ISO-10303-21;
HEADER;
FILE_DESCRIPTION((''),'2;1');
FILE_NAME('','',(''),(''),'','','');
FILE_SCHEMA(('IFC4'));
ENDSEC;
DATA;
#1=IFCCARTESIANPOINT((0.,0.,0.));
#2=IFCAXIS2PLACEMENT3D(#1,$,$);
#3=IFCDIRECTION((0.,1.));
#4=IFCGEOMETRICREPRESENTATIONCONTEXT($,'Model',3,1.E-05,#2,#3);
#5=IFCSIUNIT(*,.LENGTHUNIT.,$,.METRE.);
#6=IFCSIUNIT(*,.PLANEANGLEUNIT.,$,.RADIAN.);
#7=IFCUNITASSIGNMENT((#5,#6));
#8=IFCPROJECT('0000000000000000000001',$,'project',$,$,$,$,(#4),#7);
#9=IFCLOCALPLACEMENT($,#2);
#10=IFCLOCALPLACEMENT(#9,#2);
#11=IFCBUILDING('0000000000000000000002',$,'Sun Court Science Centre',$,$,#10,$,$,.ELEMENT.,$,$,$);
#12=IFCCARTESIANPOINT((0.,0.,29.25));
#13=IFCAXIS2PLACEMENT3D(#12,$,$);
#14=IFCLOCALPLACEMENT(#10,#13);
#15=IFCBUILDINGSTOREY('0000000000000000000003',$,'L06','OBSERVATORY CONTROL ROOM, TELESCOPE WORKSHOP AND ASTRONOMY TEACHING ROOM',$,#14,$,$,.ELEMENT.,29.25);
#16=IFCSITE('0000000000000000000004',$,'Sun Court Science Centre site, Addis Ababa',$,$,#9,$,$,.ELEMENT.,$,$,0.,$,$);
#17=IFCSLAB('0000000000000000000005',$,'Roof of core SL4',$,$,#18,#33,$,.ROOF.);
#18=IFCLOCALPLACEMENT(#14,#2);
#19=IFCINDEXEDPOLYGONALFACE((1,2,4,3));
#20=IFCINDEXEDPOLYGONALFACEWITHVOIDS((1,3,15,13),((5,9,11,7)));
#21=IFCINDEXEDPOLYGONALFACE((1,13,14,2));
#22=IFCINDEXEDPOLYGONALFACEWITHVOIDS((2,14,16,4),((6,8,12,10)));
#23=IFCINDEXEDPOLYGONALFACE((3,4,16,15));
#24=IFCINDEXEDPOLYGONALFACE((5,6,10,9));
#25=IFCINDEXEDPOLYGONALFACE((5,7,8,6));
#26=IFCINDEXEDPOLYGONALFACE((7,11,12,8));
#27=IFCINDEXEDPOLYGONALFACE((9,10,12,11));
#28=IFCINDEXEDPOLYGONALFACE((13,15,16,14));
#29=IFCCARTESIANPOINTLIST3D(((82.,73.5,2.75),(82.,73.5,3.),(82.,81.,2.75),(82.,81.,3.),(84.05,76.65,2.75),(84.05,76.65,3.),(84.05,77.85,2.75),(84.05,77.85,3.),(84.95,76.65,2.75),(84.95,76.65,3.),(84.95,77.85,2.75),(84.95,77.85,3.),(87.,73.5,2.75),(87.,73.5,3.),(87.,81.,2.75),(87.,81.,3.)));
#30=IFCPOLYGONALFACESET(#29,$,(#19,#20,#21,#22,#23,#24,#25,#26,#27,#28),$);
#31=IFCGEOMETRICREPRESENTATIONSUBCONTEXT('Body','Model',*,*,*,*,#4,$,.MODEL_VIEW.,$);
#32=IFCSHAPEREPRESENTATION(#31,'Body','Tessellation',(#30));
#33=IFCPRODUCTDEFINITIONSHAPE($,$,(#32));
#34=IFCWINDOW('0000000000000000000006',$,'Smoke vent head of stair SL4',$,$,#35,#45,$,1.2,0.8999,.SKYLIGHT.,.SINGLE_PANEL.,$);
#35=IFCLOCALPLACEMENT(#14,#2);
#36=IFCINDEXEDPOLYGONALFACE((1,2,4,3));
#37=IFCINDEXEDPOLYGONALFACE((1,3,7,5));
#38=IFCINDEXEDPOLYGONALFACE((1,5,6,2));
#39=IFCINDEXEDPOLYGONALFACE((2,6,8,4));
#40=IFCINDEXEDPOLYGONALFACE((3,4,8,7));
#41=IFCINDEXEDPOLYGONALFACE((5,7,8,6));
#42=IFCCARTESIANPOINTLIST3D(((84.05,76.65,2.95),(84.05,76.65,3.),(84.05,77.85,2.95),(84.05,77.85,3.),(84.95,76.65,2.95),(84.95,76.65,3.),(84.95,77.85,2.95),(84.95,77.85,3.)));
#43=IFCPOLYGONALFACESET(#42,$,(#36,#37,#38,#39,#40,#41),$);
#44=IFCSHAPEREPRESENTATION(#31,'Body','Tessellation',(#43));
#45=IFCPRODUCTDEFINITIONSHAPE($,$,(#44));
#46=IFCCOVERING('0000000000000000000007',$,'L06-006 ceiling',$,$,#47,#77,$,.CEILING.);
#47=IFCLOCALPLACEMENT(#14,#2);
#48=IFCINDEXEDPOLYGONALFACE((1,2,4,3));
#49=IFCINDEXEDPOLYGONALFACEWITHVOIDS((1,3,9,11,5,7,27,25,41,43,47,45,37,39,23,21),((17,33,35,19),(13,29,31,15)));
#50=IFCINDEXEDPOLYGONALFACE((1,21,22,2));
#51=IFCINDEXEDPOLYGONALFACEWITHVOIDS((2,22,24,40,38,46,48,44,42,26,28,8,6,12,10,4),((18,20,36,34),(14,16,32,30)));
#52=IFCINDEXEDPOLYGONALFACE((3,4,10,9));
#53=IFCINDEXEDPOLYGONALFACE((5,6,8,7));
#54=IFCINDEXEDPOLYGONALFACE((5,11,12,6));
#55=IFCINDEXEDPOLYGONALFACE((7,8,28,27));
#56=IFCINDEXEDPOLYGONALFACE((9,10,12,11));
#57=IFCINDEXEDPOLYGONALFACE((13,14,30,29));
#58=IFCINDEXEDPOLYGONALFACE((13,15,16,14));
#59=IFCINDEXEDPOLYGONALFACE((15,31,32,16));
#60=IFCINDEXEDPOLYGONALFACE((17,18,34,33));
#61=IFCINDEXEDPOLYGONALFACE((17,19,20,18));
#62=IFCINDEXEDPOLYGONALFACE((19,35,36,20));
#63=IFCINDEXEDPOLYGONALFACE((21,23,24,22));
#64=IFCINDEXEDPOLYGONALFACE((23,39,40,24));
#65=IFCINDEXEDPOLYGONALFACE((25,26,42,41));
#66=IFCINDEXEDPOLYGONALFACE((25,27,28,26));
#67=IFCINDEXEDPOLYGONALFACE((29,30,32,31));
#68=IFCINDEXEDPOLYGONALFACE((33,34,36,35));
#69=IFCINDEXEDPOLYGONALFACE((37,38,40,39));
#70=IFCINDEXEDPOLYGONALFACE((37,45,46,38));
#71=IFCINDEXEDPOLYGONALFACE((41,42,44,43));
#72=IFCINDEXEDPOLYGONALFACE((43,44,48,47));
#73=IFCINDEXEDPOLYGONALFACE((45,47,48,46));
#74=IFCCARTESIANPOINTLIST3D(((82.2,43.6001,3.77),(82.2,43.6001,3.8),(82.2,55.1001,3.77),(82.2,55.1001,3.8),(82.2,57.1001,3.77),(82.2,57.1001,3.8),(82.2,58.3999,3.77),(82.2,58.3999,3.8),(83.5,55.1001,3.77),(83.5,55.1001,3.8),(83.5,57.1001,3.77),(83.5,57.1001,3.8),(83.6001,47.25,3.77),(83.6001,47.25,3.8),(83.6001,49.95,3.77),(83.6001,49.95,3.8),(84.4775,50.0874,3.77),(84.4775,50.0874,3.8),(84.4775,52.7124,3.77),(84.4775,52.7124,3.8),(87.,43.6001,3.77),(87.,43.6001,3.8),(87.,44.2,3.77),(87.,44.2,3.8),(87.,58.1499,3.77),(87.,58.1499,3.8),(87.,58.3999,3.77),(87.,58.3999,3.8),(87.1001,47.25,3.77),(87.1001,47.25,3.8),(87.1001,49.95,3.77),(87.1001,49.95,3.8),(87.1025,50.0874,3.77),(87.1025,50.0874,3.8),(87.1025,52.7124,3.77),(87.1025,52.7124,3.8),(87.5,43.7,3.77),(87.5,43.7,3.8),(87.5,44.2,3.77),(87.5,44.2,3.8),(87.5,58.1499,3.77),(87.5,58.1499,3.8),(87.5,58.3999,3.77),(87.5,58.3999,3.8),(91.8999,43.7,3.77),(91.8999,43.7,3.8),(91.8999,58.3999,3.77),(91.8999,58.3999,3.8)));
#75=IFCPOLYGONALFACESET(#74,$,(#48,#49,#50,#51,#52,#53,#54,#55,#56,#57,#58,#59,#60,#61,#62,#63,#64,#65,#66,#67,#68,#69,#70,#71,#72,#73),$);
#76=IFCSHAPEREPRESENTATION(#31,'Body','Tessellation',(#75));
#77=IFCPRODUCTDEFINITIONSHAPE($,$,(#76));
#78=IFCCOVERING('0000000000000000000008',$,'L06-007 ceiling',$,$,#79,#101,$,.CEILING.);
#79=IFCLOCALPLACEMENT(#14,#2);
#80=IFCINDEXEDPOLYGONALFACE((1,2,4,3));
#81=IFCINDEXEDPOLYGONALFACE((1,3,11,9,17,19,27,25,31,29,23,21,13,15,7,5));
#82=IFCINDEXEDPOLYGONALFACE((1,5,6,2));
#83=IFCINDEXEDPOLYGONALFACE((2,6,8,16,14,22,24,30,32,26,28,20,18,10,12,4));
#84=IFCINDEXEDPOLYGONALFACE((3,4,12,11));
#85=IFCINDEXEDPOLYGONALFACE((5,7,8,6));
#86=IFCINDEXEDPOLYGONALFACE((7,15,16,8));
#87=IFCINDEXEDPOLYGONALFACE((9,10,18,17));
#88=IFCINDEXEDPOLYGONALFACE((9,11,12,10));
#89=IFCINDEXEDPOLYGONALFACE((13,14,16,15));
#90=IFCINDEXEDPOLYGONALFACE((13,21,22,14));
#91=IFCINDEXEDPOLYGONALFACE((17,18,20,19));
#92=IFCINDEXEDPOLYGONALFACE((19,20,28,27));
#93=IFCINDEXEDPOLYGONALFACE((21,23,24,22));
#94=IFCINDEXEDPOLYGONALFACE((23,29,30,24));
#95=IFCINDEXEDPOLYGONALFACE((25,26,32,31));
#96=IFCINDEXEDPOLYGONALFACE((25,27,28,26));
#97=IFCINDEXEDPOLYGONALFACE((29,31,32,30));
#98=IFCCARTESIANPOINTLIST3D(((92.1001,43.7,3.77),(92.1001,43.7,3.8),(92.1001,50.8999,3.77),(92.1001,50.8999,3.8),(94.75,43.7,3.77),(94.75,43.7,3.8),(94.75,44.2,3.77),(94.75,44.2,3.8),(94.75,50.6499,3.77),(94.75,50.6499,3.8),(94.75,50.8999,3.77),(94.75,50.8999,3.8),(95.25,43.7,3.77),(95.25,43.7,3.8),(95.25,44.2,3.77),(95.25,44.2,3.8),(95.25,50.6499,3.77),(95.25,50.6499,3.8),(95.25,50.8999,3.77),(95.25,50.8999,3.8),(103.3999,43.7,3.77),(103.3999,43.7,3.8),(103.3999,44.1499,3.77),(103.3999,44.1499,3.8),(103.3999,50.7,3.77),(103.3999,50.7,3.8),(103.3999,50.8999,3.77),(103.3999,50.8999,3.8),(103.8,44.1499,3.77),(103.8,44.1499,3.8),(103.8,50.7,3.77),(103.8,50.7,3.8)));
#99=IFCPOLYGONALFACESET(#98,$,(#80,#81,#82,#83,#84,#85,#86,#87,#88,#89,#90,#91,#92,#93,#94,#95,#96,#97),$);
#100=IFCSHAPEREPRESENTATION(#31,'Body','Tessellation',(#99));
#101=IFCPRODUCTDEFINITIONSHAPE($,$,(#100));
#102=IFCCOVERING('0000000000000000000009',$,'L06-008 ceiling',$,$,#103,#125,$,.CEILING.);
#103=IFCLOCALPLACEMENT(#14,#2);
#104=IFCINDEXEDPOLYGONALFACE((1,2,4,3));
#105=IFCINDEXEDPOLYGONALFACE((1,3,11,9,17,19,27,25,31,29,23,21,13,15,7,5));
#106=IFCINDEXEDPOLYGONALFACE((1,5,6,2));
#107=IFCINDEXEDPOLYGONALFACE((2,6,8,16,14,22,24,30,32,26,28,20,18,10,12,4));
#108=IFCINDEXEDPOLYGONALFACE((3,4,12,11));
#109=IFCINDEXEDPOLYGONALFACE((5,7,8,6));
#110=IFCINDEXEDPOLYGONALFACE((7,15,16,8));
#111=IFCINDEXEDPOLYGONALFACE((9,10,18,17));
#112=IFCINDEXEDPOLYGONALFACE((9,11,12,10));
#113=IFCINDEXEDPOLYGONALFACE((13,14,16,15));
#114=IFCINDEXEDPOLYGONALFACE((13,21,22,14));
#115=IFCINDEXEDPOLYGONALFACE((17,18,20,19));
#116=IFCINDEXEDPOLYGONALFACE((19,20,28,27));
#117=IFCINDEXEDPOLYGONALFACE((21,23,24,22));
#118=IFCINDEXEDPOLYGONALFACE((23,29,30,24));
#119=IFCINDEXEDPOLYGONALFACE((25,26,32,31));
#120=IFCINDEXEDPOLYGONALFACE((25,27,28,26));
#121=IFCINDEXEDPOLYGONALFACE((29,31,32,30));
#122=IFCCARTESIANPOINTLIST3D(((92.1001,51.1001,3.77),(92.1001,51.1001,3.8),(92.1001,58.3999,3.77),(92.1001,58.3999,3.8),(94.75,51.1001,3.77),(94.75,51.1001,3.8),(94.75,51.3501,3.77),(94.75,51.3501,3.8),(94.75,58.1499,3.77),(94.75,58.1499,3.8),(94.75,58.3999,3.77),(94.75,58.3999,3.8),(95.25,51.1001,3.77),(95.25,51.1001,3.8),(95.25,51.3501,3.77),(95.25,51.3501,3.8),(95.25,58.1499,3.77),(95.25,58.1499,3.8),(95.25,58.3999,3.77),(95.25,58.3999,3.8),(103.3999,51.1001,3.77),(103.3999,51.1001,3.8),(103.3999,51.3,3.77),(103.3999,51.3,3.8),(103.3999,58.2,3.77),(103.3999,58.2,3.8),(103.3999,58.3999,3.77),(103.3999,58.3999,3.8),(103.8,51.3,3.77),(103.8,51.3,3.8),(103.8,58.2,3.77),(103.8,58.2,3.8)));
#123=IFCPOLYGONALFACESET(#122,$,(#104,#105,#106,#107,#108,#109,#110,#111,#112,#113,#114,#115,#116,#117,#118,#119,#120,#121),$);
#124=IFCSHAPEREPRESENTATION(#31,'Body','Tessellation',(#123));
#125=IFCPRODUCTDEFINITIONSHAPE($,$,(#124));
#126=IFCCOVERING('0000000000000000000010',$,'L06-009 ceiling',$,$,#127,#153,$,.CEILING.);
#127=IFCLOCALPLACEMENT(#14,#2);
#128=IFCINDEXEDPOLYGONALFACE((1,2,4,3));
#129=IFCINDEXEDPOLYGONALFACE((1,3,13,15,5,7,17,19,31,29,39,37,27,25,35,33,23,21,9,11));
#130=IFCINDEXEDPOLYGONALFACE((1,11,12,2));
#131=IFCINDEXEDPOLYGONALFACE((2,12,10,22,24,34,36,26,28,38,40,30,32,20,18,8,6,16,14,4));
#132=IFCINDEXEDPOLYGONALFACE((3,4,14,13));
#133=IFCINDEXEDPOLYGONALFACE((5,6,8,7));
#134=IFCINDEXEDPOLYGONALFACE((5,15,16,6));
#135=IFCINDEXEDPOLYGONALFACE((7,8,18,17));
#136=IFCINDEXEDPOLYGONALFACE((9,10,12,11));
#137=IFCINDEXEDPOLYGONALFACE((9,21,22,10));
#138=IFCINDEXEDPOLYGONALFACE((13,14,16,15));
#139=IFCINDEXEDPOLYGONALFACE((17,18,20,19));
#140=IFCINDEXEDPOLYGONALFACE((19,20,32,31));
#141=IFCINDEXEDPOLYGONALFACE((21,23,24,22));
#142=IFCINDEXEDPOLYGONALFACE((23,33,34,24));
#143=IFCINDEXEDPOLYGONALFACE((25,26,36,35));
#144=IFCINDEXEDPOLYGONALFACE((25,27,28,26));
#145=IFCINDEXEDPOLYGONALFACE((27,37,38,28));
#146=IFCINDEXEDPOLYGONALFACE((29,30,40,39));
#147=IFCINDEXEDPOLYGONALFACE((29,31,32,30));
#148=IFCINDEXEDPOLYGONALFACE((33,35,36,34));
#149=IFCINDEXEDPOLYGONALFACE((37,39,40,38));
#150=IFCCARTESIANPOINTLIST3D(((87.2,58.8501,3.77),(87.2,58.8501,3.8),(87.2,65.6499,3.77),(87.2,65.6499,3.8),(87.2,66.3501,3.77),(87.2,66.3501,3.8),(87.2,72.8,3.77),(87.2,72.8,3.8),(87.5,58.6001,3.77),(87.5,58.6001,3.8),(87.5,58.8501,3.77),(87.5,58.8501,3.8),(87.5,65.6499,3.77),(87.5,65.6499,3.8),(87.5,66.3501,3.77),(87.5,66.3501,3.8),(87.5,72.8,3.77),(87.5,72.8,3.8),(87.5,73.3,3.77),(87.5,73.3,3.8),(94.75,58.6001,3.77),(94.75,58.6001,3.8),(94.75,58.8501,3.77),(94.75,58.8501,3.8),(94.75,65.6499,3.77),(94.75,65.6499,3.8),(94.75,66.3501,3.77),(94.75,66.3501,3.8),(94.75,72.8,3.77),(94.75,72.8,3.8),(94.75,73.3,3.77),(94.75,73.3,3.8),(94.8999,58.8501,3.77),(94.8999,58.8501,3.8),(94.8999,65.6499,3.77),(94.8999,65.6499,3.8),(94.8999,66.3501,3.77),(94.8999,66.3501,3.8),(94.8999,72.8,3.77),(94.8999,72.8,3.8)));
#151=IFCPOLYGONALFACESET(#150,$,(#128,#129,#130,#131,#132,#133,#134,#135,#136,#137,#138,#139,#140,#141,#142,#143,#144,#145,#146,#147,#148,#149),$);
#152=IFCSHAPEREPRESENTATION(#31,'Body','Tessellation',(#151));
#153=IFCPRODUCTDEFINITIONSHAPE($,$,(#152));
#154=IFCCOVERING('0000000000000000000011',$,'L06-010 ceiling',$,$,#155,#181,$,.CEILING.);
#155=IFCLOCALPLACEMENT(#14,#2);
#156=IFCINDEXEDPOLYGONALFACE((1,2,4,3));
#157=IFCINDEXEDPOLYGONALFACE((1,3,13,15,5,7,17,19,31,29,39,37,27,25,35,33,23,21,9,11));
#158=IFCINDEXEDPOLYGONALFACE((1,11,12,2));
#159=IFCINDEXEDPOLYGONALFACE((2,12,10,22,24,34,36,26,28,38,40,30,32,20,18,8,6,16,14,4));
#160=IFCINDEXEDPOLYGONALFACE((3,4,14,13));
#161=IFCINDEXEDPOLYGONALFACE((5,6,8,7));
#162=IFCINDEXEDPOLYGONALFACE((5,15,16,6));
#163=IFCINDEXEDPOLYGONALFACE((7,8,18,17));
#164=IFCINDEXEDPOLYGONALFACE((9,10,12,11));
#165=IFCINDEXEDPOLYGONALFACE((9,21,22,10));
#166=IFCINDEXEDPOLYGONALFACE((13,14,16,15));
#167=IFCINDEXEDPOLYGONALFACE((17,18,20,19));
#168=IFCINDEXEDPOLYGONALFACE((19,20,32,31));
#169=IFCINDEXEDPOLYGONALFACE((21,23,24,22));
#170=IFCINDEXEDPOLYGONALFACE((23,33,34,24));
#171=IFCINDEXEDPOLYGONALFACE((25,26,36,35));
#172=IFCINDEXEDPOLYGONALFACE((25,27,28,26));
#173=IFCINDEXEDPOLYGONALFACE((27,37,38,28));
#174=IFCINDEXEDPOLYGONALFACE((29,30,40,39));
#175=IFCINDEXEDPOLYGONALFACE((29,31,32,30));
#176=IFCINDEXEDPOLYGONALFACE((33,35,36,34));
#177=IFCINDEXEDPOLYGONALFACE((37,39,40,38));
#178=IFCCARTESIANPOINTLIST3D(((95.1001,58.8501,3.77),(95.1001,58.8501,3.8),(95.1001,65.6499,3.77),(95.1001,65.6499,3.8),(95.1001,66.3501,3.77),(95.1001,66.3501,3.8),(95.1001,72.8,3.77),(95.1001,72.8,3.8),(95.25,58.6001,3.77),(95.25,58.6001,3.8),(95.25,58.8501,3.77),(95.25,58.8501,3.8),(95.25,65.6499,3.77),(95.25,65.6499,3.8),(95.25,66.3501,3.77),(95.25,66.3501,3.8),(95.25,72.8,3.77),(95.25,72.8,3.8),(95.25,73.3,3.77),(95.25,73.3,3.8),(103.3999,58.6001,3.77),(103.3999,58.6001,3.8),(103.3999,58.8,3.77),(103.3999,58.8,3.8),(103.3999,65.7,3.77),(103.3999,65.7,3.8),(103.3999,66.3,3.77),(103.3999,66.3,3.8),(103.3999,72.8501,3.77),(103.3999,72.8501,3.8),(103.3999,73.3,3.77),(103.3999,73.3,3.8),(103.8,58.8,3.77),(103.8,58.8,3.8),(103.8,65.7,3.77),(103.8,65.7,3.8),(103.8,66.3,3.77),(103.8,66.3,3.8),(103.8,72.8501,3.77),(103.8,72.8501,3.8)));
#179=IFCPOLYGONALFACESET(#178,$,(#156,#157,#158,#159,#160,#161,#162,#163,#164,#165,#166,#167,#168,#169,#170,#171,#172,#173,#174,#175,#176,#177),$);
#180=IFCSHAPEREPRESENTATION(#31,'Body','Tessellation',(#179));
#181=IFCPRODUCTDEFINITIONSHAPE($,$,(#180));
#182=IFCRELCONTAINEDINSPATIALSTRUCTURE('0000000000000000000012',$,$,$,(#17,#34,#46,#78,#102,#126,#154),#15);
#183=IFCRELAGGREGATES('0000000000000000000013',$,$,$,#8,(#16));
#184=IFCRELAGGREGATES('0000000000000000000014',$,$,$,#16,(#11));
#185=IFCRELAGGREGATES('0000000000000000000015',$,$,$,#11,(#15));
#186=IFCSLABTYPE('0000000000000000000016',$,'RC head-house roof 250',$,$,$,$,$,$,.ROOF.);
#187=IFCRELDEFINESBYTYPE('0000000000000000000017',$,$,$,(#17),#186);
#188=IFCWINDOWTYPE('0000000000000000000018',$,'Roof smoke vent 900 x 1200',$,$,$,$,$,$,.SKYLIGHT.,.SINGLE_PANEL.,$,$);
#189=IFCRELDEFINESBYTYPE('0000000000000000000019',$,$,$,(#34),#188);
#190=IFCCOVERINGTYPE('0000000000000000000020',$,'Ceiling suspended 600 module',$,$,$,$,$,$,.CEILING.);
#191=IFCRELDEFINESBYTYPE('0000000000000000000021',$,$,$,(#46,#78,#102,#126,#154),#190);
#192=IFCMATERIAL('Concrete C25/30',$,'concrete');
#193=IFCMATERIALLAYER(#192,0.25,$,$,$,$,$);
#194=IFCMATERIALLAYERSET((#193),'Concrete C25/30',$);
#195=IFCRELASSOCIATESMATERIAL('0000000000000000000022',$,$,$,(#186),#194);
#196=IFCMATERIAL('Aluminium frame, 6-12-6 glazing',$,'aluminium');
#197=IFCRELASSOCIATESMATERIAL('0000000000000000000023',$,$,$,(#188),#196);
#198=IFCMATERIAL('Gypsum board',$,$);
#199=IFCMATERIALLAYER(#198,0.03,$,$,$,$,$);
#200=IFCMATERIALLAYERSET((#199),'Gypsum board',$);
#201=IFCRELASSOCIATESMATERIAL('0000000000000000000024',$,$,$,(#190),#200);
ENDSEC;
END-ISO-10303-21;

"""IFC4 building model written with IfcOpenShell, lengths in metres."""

from ifc_helpers import new_model, si_unit, direction, frame, origin, origin_2d, place, context, subcontext, project, spatial, polyline, rectangle, outline, extrude, material, layer, layer_set, type_object, element, fill, save


model = new_model("IFC4")

# Units and contexts
model_context = context("Model", 3, precision=1e-05, world=origin(), true_north=direction((0.0, 1.0)))
body_context = subcontext(model_context, "Body", "Model", "MODEL_VIEW")
ifc_project = project(units=[si_unit("LENGTHUNIT", "METRE"), si_unit("PLANEANGLEUNIT", "RADIAN")], contexts=[model_context])

# Site, building, storey
site_placement = place(None, origin())
site = spatial("IfcSite", under=ifc_project, at=site_placement, Name="Sun Court Science Centre site, Addis Ababa", CompositionType="ELEMENT", RefElevation=0.0)
building_placement = place(site_placement, origin())
building = spatial("IfcBuilding", under=site, at=building_placement, Name="Sun Court Science Centre", CompositionType="ELEMENT")
storey_placement = place(building_placement, frame((0.0, 0.0, 29.25)))
storey = spatial("IfcBuildingStorey", under=building, at=storey_placement, Name="L06", Description="OBSERVATORY CONTROL ROOM, TELESCOPE WORKSHOP AND ASTRONOMY TEACHING ROOM", CompositionType="ELEMENT", Elevation=29.25)

# Shared definitions
ifc_material_1 = material(Name="Concrete C25/30", Category="concrete")
ifc_layer_1 = layer(ifc_material_1, 0.25)
ifc_layer_set_1 = layer_set([ifc_layer_1], Name="Concrete C25/30")
slab_type_1 = type_object("IfcSlabType", Name="RC head-house roof 250", PredefinedType="ROOF", material=ifc_layer_set_1)

# Slab, opening, window
ifc_material_2 = material(Name="Aluminium frame, 6-12-6 glazing", Category="aluminium")
window_type = type_object("IfcWindowType", Name="Roof smoke vent 900 x 1200", PartitioningType="SINGLE_PANEL", PredefinedType="SKYLIGHT", material=ifc_material_2)
slab_1_placement = place(storey_placement, frame((0.0, 0.0, 2.75)))
slab_1 = element("IfcSlab", 1, at=slab_1_placement, inside=storey, type_object=slab_type_1, Name="Roof of core SL4", PredefinedType="ROOF", context=body_context, shape_type="SweptSolid", body=[
    extrude(outline(polyline([(82.0, 73.5), (87.0, 73.5), (87.0, 81.0), (82.0, 81.0), (82.0, 73.5)])), origin(), (0.0, 0.0, 1.0), 0.25),
])
opening_1_placement = place(slab_1_placement, frame((84.5, 77.25, -0.01)))
opening_1 = element("IfcOpeningElement", 2, at=opening_1_placement, cuts=slab_1, PredefinedType="OPENING", context=body_context, shape_type="SweptSolid", body=[
    extrude(rectangle(XDim=0.8999, YDim=1.2, at=origin_2d()), origin(), (0.0, 0.0, 1.0), 0.27),
])
window_1_placement = place(opening_1_placement, frame((0.0, 0.0, 0.21)))
window_1 = element("IfcWindow", 3, at=window_1_placement, inside=storey, type_object=window_type, Name="Smoke vent head of stair SL4", OverallHeight=1.2, OverallWidth=0.8999, PartitioningType="SINGLE_PANEL", PredefinedType="SKYLIGHT", context=body_context, shape_type="SweptSolid", body=[
    extrude(rectangle(XDim=0.8999, YDim=1.2, at=origin_2d()), origin(), (0.0, 0.0, 1.0), 0.05),
])
fill(opening_1, window_1)

# Coverings
ifc_material_3 = material(Name="Gypsum board")
ifc_layer_2 = layer(ifc_material_3, 0.03)
ifc_layer_set_2 = layer_set([ifc_layer_2], Name="Gypsum board")
covering_type_1 = type_object("IfcCoveringType", Name="Ceiling suspended 600 module", PredefinedType="CEILING", material=ifc_layer_set_2)
covering_1_placement = place(storey_placement, frame((0.0, 0.0, 3.77)))
element("IfcCovering", 4, at=covering_1_placement, inside=storey, type_object=covering_type_1, Name="L06-006 ceiling", PredefinedType="CEILING", context=body_context, shape_type="SweptSolid", body=[
    extrude(outline(polyline([(82.2, 55.1001), (83.5, 55.1001), (83.5, 57.1001), (82.2, 57.1001), (82.2, 58.3999), (87.0, 58.3999), (87.0, 58.1499), (87.5, 58.1499), (87.5, 58.3999), (91.8999, 58.3999), (91.8999, 43.7), (87.5, 43.7), (87.5, 44.2), (87.0, 44.2), (87.0, 43.6001), (82.2, 43.6001), (82.2, 55.1001)]), holes=[polyline([(87.1025, 50.0874), (87.1025, 52.7124), (84.4775, 52.7124), (84.4775, 50.0874), (87.1025, 50.0874)]), polyline([(83.6001, 47.25), (87.1001, 47.25), (87.1001, 49.95), (83.6001, 49.95), (83.6001, 47.25)])]), origin(), (0.0, 0.0, 1.0), 0.03),
])
covering_2_placement = place(storey_placement, frame((0.0, 0.0, 3.77)))
element("IfcCovering", 5, at=covering_2_placement, inside=storey, type_object=covering_type_1, Name="L06-007 ceiling", PredefinedType="CEILING", context=body_context, shape_type="SweptSolid", body=[
    extrude(outline(polyline([(103.3999, 43.7), (95.25, 43.7), (95.25, 44.2), (94.75, 44.2), (94.75, 43.7), (92.1001, 43.7), (92.1001, 50.8999), (94.75, 50.8999), (94.75, 50.6499), (95.25, 50.6499), (95.25, 50.8999), (103.3999, 50.8999), (103.3999, 50.7), (103.8, 50.7), (103.8, 44.1499), (103.3999, 44.1499), (103.3999, 43.7)])), origin(), (0.0, 0.0, 1.0), 0.03),
])
covering_3_placement = place(storey_placement, frame((0.0, 0.0, 3.77)))
element("IfcCovering", 6, at=covering_3_placement, inside=storey, type_object=covering_type_1, Name="L06-008 ceiling", PredefinedType="CEILING", context=body_context, shape_type="SweptSolid", body=[
    extrude(outline(polyline([(103.3999, 51.1001), (95.25, 51.1001), (95.25, 51.3501), (94.75, 51.3501), (94.75, 51.1001), (92.1001, 51.1001), (92.1001, 58.3999), (94.75, 58.3999), (94.75, 58.1499), (95.25, 58.1499), (95.25, 58.3999), (103.3999, 58.3999), (103.3999, 58.2), (103.8, 58.2), (103.8, 51.3), (103.3999, 51.3), (103.3999, 51.1001)])), origin(), (0.0, 0.0, 1.0), 0.03),
])
covering_4_placement = place(storey_placement, frame((0.0, 0.0, 3.77)))
element("IfcCovering", 7, at=covering_4_placement, inside=storey, type_object=covering_type_1, Name="L06-009 ceiling", PredefinedType="CEILING", context=body_context, shape_type="SweptSolid", body=[
    extrude(outline(polyline([(87.5, 73.3), (94.75, 73.3), (94.75, 72.8), (94.8999, 72.8), (94.8999, 66.3501), (94.75, 66.3501), (94.75, 65.6499), (94.8999, 65.6499), (94.8999, 58.8501), (94.75, 58.8501), (94.75, 58.6001), (87.5, 58.6001), (87.5, 58.8501), (87.2, 58.8501), (87.2, 65.6499), (87.5, 65.6499), (87.5, 66.3501), (87.2, 66.3501), (87.2, 72.8), (87.5, 72.8), (87.5, 73.3)])), origin(), (0.0, 0.0, 1.0), 0.03),
])
covering_5_placement = place(storey_placement, frame((0.0, 0.0, 3.77)))
element("IfcCovering", 8, at=covering_5_placement, inside=storey, type_object=covering_type_1, Name="L06-010 ceiling", PredefinedType="CEILING", context=body_context, shape_type="SweptSolid", body=[
    extrude(outline(polyline([(103.8, 72.8501), (103.8, 66.3), (103.3999, 66.3), (103.3999, 65.7), (103.8, 65.7), (103.8, 58.8), (103.3999, 58.8), (103.3999, 58.6001), (95.25, 58.6001), (95.25, 58.8501), (95.1001, 58.8501), (95.1001, 65.6499), (95.25, 65.6499), (95.25, 66.3501), (95.1001, 66.3501), (95.1001, 72.8), (95.25, 72.8), (95.25, 73.3), (103.3999, 73.3), (103.3999, 72.8501), (103.8, 72.8501)])), origin(), (0.0, 0.0, 1.0), 0.03),
])

save(model, "model.ifc")
